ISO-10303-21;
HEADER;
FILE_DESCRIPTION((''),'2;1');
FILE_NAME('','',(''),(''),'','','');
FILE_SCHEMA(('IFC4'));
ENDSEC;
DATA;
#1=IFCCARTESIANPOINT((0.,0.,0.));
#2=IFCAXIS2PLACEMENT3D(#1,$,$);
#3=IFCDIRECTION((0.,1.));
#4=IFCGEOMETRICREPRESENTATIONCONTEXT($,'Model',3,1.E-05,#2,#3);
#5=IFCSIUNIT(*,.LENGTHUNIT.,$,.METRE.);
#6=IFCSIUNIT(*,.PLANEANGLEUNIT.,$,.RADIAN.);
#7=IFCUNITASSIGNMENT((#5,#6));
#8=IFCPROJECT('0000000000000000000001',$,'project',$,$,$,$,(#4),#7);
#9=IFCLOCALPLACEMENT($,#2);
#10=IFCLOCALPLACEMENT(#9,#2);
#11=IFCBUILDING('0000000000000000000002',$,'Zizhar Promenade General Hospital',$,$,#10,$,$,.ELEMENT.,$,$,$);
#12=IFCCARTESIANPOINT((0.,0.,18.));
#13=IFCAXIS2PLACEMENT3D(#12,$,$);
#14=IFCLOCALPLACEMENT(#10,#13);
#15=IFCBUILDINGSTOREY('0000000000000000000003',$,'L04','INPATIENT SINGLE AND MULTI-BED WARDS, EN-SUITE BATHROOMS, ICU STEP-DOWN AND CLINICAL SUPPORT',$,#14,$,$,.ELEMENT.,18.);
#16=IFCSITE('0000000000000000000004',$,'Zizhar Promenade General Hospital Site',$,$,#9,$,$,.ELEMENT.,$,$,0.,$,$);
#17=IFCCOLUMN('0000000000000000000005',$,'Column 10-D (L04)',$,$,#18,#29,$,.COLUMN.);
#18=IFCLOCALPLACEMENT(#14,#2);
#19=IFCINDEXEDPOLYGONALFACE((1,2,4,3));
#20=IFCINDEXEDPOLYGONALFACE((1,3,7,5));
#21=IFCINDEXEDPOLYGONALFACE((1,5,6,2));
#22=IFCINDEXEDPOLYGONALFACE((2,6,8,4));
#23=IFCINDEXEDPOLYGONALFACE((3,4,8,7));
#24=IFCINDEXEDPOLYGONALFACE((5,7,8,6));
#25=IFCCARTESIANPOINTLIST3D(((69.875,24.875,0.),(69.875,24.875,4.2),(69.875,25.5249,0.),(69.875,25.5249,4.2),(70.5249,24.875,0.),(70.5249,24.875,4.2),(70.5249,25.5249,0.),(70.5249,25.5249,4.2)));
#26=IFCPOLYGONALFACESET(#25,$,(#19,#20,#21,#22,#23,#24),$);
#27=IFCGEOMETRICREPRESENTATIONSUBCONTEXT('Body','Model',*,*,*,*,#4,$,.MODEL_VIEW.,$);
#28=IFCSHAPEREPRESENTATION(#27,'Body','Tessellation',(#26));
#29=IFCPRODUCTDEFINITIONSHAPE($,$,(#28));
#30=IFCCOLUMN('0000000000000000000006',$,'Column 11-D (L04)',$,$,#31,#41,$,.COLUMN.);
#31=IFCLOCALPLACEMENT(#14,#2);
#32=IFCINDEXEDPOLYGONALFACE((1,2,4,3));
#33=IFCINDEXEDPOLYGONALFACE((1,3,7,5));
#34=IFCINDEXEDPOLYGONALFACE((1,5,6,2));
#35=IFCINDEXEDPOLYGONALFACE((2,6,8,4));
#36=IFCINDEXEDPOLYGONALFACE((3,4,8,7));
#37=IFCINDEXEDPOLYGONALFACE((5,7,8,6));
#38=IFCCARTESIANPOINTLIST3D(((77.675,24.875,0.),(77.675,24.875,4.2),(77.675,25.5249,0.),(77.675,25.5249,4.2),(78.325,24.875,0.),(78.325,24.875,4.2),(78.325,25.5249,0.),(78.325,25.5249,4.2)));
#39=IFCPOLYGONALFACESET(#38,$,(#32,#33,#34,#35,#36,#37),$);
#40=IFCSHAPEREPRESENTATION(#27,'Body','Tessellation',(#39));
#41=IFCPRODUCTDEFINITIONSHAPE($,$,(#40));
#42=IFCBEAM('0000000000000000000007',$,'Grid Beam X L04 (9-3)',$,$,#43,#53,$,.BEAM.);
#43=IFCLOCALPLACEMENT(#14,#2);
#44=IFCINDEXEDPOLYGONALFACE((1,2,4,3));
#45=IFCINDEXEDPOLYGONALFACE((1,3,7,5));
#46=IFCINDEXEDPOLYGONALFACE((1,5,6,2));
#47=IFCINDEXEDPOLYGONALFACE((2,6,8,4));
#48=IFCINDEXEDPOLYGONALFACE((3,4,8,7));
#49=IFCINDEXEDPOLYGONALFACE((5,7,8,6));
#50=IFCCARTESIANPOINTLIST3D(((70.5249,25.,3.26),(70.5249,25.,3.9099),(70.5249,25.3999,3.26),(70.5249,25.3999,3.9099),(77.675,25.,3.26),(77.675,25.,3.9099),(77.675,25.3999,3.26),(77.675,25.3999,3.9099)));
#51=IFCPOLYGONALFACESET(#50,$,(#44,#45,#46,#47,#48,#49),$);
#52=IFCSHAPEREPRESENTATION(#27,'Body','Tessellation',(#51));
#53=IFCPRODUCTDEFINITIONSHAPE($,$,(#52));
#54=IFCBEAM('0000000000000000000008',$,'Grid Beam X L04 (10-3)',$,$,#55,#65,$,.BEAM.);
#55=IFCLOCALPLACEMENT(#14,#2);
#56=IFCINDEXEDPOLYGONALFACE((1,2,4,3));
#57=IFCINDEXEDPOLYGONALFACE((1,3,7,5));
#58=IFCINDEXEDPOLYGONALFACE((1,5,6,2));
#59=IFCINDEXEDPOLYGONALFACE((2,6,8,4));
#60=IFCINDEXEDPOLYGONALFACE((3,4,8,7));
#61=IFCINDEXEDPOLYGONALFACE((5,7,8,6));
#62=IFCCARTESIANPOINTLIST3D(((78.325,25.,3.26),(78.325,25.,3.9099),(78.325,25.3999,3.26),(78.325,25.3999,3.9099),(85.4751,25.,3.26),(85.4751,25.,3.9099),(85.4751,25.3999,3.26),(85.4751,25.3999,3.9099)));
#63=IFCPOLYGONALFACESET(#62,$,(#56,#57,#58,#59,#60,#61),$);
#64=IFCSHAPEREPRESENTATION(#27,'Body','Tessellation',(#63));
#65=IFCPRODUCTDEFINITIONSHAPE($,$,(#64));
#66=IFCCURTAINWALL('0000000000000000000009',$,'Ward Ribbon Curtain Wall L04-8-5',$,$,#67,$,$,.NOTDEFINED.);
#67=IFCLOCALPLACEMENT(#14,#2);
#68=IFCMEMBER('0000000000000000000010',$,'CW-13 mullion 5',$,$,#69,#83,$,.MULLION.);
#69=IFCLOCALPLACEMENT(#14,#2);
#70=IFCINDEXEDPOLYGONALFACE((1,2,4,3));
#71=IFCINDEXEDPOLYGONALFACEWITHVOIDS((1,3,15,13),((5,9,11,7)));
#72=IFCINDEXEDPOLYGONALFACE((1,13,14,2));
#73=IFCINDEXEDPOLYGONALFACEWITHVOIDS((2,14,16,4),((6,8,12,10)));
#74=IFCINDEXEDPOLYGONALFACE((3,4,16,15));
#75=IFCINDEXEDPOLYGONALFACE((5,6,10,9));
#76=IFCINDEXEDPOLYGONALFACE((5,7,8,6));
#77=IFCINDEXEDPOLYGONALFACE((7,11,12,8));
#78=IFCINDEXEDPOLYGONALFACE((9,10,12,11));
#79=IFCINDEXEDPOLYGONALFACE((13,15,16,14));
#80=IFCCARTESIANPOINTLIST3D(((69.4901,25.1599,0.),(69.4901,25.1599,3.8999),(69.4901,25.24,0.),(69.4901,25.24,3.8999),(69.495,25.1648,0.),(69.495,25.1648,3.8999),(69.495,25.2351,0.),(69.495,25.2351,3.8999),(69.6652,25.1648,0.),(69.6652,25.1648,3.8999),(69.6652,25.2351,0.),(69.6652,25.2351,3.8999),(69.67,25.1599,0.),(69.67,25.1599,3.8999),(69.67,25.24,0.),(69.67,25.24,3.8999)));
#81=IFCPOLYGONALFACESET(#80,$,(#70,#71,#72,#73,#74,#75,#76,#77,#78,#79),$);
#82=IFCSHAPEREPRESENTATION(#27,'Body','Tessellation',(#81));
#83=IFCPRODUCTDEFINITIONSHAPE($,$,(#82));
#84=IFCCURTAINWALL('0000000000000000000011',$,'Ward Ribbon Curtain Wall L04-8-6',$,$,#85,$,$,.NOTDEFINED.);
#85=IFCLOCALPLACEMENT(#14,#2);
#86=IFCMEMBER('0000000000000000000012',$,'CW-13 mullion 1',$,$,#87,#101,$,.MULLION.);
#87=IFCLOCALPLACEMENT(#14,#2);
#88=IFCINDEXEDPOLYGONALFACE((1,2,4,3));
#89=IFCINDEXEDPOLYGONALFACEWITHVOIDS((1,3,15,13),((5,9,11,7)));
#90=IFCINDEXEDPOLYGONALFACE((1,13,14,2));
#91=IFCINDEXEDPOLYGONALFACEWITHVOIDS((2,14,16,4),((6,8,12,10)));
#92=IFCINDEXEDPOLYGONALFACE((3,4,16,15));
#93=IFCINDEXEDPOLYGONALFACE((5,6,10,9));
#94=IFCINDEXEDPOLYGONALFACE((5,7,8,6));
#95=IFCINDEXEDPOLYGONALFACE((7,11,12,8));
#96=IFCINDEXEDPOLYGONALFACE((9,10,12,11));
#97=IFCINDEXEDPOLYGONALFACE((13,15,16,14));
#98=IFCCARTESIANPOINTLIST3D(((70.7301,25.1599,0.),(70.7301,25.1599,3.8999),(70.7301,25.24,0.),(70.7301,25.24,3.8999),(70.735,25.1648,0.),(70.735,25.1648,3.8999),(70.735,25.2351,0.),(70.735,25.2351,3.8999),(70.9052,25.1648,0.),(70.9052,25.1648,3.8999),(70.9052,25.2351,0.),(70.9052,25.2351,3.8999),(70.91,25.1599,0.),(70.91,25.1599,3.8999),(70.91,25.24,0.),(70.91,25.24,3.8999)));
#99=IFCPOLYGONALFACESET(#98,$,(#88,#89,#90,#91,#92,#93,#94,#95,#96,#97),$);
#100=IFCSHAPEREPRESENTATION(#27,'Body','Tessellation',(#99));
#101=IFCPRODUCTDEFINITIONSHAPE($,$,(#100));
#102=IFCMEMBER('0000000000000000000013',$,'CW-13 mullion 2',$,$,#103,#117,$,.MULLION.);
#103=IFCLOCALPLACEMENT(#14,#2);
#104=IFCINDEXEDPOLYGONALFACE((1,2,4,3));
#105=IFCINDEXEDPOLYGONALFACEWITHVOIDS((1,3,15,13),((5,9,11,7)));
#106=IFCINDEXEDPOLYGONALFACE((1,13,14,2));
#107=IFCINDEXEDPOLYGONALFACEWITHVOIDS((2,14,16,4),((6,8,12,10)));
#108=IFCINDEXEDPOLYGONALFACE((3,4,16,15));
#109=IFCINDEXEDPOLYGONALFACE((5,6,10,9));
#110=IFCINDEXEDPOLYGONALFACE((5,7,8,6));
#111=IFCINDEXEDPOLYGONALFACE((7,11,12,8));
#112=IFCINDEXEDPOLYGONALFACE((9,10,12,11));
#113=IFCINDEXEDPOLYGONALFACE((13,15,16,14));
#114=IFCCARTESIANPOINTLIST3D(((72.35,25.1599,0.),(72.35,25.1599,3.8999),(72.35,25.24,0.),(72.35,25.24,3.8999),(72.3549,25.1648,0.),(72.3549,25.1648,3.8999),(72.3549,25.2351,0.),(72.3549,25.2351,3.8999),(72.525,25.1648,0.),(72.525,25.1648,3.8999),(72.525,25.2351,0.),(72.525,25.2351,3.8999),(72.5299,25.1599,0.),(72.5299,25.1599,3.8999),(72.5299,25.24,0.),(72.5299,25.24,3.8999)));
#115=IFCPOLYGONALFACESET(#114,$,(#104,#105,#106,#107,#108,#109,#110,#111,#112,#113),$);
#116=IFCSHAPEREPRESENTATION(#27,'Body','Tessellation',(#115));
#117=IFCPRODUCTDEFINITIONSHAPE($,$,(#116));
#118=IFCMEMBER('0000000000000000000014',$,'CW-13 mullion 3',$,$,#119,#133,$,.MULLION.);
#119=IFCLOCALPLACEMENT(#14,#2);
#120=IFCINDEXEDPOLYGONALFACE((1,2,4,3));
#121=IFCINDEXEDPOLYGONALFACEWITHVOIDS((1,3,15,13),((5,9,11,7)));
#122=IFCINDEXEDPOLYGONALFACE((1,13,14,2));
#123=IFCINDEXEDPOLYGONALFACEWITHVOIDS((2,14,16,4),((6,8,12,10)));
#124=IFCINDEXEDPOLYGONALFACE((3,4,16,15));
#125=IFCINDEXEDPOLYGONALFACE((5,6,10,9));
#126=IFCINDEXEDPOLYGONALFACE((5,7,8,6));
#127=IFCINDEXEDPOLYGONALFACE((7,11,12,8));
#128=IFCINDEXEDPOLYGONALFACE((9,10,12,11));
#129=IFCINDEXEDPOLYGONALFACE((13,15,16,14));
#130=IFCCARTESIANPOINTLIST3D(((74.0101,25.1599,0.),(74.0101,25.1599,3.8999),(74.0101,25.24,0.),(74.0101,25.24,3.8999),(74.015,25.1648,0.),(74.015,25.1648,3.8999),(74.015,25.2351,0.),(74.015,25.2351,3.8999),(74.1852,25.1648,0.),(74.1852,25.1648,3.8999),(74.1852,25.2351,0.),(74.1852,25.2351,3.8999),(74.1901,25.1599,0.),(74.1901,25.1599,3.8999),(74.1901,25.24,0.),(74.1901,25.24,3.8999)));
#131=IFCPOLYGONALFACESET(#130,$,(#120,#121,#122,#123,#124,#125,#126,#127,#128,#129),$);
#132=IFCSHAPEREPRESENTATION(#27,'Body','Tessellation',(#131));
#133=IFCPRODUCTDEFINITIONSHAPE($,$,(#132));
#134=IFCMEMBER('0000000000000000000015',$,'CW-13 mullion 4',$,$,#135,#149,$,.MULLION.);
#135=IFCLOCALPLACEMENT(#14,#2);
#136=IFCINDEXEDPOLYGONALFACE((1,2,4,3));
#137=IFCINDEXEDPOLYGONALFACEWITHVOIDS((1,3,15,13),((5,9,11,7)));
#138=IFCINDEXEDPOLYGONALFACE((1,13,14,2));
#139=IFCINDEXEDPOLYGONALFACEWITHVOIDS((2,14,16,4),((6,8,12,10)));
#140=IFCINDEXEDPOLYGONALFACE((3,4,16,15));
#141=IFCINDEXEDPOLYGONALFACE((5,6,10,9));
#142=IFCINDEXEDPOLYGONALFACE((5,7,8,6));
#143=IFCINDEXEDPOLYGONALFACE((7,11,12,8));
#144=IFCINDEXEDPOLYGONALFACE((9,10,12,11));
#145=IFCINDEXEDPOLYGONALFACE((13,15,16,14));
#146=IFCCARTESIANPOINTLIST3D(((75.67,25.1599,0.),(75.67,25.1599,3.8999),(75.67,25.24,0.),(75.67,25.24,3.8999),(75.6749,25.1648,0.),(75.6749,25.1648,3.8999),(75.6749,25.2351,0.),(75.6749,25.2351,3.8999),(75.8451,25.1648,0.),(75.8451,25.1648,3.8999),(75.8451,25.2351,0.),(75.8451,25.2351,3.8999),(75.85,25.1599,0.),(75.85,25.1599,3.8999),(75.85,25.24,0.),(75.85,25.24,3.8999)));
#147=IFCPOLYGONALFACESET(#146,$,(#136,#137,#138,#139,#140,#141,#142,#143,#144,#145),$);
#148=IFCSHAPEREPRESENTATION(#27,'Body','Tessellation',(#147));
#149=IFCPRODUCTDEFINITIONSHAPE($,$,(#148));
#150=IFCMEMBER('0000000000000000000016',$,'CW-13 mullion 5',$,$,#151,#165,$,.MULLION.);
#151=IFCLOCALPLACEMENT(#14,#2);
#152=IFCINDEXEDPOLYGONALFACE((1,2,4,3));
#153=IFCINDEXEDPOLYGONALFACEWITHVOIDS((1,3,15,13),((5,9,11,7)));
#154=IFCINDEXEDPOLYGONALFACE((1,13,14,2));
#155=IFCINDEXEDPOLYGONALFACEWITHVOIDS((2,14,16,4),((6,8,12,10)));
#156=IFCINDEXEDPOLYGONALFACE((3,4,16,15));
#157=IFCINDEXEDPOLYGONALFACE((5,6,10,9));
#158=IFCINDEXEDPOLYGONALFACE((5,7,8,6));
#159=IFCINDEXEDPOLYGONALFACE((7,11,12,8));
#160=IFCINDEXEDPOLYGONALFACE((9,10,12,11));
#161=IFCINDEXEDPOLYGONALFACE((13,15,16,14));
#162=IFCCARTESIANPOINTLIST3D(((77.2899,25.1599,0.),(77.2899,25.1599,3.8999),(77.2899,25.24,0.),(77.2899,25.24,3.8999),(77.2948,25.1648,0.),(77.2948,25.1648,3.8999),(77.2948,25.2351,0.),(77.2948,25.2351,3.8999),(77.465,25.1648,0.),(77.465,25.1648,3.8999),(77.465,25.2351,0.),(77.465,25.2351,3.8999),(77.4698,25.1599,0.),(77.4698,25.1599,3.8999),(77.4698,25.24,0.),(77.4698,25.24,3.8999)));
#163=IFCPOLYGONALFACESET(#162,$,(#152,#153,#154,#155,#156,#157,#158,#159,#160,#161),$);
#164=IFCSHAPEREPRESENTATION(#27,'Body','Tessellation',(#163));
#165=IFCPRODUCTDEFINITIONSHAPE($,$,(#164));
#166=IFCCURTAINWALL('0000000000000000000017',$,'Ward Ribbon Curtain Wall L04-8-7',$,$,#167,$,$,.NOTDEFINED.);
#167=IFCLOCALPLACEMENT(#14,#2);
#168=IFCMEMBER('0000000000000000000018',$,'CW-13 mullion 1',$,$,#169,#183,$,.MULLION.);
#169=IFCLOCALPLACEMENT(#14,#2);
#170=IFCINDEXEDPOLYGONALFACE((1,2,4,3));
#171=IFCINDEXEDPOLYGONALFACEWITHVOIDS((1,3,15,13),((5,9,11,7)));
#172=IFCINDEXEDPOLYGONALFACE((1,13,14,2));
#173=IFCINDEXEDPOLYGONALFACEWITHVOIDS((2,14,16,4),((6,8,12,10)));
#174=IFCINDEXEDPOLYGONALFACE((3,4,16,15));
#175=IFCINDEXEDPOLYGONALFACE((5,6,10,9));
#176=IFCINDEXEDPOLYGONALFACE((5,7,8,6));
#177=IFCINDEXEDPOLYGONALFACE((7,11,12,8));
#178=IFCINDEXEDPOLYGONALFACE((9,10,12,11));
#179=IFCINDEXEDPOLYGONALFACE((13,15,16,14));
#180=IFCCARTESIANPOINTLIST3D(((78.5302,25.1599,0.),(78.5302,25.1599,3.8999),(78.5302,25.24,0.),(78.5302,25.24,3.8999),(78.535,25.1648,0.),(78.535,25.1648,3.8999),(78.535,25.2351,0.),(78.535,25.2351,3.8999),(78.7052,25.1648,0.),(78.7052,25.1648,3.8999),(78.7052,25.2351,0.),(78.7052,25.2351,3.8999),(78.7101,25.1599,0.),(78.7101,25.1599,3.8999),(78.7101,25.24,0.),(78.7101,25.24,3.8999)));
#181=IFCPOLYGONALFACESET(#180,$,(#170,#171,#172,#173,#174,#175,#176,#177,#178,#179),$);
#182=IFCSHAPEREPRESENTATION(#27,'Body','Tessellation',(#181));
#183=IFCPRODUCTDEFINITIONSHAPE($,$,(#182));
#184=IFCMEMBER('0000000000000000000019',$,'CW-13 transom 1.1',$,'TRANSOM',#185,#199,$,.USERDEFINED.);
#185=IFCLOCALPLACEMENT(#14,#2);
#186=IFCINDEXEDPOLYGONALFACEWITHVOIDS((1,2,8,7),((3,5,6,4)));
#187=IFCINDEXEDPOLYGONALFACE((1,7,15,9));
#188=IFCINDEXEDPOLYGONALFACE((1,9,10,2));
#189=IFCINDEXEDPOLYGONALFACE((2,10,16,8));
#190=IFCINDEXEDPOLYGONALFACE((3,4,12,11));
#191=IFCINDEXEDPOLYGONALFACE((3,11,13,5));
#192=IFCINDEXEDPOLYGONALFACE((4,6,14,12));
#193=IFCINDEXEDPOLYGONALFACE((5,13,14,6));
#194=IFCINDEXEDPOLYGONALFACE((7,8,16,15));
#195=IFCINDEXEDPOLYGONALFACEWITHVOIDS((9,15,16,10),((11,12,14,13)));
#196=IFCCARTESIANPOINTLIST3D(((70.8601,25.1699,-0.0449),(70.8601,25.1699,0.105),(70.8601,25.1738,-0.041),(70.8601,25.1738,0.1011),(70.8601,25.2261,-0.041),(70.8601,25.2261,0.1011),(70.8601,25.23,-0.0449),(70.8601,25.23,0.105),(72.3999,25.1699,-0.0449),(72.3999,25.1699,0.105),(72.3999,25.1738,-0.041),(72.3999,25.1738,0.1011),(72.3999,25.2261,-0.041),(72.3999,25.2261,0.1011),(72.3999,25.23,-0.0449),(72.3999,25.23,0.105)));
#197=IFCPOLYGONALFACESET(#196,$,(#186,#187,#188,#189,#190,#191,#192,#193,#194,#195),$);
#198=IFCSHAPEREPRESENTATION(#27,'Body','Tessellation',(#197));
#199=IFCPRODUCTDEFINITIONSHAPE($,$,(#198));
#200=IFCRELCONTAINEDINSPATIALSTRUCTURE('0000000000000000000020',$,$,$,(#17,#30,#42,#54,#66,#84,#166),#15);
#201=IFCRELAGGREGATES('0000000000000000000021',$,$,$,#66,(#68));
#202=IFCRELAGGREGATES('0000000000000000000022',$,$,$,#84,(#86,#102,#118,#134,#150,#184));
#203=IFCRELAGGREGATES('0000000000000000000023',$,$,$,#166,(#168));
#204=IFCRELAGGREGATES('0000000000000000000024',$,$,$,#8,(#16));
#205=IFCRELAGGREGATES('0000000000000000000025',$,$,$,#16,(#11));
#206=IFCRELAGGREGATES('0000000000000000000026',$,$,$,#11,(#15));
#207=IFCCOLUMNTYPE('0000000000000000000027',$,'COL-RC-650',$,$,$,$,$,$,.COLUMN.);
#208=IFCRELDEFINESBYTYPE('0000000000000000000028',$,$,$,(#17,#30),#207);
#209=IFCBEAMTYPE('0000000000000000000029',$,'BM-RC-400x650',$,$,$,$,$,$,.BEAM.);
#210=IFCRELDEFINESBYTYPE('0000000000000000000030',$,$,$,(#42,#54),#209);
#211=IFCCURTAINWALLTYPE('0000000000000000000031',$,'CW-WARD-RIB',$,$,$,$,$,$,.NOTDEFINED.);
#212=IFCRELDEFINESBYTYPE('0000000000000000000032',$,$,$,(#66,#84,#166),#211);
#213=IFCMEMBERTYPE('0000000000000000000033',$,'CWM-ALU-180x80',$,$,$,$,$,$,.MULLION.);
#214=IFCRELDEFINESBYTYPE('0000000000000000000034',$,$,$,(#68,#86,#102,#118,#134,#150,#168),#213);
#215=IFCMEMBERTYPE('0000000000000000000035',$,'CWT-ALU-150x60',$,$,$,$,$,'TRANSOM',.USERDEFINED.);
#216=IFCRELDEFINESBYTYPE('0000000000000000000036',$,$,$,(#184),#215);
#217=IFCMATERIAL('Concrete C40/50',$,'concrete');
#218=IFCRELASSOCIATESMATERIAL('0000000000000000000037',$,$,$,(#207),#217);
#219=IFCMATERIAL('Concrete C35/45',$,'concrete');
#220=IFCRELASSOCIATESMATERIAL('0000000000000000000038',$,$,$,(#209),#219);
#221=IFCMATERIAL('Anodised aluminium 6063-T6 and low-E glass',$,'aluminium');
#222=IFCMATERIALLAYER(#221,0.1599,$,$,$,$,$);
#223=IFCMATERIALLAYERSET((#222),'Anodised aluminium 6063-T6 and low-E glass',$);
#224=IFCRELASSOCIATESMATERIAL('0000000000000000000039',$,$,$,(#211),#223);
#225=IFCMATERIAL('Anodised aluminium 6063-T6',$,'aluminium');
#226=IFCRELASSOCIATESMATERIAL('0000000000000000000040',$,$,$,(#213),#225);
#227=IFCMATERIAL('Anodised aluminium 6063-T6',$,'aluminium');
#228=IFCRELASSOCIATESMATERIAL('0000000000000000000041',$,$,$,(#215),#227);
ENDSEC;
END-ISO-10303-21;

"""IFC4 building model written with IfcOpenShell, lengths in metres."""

from ifc_helpers import new_model, si_unit, direction, frame, origin, origin_2d, place, context, subcontext, project, spatial, rectangle, hollow_rectangle, extrude, material, layer, layer_set, material_profile, profile_set, type_object, element, aggregate, save


model = new_model("IFC4")

# Units and contexts
model_context = context("Model", 3, precision=1e-05, world=origin(), true_north=direction((0.0, 1.0)))
body_context = subcontext(model_context, "Body", "Model", "MODEL_VIEW")
ifc_project = project(units=[si_unit("LENGTHUNIT", "METRE"), si_unit("PLANEANGLEUNIT", "RADIAN")], contexts=[model_context])

# Site, building, storey
site_placement = place(None, origin())
site = spatial("IfcSite", under=ifc_project, at=site_placement, Name="Zizhar Promenade General Hospital Site", CompositionType="ELEMENT", RefElevation=0.0)
building_placement = place(site_placement, origin())
building = spatial("IfcBuilding", under=site, at=building_placement, Name="Zizhar Promenade General Hospital", CompositionType="ELEMENT")
storey_placement = place(building_placement, frame((0.0, 0.0, 18.0)))
storey = spatial("IfcBuildingStorey", under=building, at=storey_placement, Name="L04", Description="INPATIENT SINGLE AND MULTI-BED WARDS, EN-SUITE BATHROOMS, ICU STEP-DOWN AND CLINICAL SUPPORT", CompositionType="ELEMENT", Elevation=18.0)

# Columns
ifc_material_1 = material(Name="Concrete C40/50", Category="concrete")
ifc_material_profile_1 = material_profile(ifc_material_1, rectangle(XDim=0.6499, YDim=0.6499, at=origin_2d()))
ifc_profile_set_1 = profile_set([ifc_material_profile_1], Name="Concrete C40/50")
column_type = type_object("IfcColumnType", Name="COL-RC-650", PredefinedType="COLUMN", material=ifc_profile_set_1)
for number, where, z_axis, x_axis, name in (
    (1, (70.2, 25.2, 0.0), (0.0, 0.0, 1.0), (1.0, 0.0, 0.0), "Column 10-D (L04)"),
    (2, (78.0, 25.2, 0.0), (0.0, 0.0, 1.0), (1.0, 0.0, 0.0), "Column 11-D (L04)"),
):
    element("IfcColumn", number, at=place(storey_placement, frame(where, z_axis=z_axis, x_axis=x_axis)), inside=storey, type_object=column_type, Name=name, PredefinedType="COLUMN", context=body_context, shape_type="SweptSolid", body=[
        extrude(rectangle(XDim=0.6499, YDim=0.6499, at=origin_2d()), origin(), (0.0, 0.0, 1.0), 4.2),
    ])

# Beams
ifc_material_2 = material(Name="Concrete C35/45", Category="concrete")
ifc_material_profile_2 = material_profile(ifc_material_2, rectangle(XDim=0.3999, YDim=0.6499, at=origin_2d()))
ifc_profile_set_2 = profile_set([ifc_material_profile_2], Name="Concrete C35/45")
beam_type = type_object("IfcBeamType", Name="BM-RC-400x650", PredefinedType="BEAM", material=ifc_profile_set_2)
for number, where, z_axis, x_axis, name in (
    (3, (70.5249, 25.2, 3.585), (1.0, 0.0, 0.0), (0.0, 1.0, 0.0), "Grid Beam X L04 (9-3)"),
    (4, (78.325, 25.2, 3.585), (1.0, 0.0, 0.0), (0.0, 1.0, 0.0), "Grid Beam X L04 (10-3)"),
):
    element("IfcBeam", number, at=place(storey_placement, frame(where, z_axis=z_axis, x_axis=x_axis)), inside=storey, type_object=beam_type, Name=name, PredefinedType="BEAM", context=body_context, shape_type="SweptSolid", body=[
        extrude(rectangle(XDim=0.3999, YDim=0.6499, at=origin_2d()), origin(), (0.0, 0.0, 1.0), 7.1501),
    ])

# Curtain wall, member
ifc_material_3 = material(Name="Anodised aluminium 6063-T6 and low-E glass", Category="aluminium")
ifc_layer_1 = layer(ifc_material_3, 0.1599)
ifc_layer_set_1 = layer_set([ifc_layer_1], Name="Anodised aluminium 6063-T6 and low-E glass")
curtain_wall_type = type_object("IfcCurtainWallType", Name="CW-WARD-RIB", PredefinedType="NOTDEFINED", material=ifc_layer_set_1)
curtain_wall_1_placement = place(storey_placement, origin())
curtain_wall_1 = element("IfcCurtainWall", 5, at=curtain_wall_1_placement, inside=storey, type_object=curtain_wall_type, Name="Ward Ribbon Curtain Wall L04-8-5", PredefinedType="NOTDEFINED")
ifc_material_4 = material(Name="Anodised aluminium 6063-T6", Category="aluminium")
ifc_material_profile_3 = material_profile(ifc_material_4, hollow_rectangle(XDim=0.0801, YDim=0.1799, WallThickness=0.0049, at=origin_2d()))
ifc_profile_set_3 = profile_set([ifc_material_profile_3], Name="Anodised aluminium 6063-T6")
member_type_1 = type_object("IfcMemberType", Name="CWM-ALU-180x80", PredefinedType="MULLION", material=ifc_profile_set_3)
member_1_placement = place(storey_placement, frame((69.5801, 25.2, 0.0), z_axis=(0.0, 0.0, 1.0), x_axis=(0.0, 1.0, 0.0)))
member_1 = element("IfcMember", 6, at=member_1_placement, type_object=member_type_1, Name="CW-13 mullion 5", PredefinedType="MULLION", context=body_context, shape_type="SweptSolid", body=[
    extrude(hollow_rectangle(XDim=0.0801, YDim=0.1799, WallThickness=0.0049, at=origin_2d()), origin(), (0.0, 0.0, 1.0), 3.8999),
])

# Curtain wall, members
curtain_wall_2_placement = place(storey_placement, origin())
curtain_wall_2 = element("IfcCurtainWall", 7, at=curtain_wall_2_placement, inside=storey, type_object=curtain_wall_type, Name="Ward Ribbon Curtain Wall L04-8-6", PredefinedType="NOTDEFINED")
member_2_placement = place(storey_placement, frame((70.8201, 25.2, 0.0), z_axis=(0.0, 0.0, 1.0), x_axis=(0.0, 1.0, 0.0)))
member_2 = element("IfcMember", 8, at=member_2_placement, type_object=member_type_1, Name="CW-13 mullion 1", PredefinedType="MULLION", context=body_context, shape_type="SweptSolid", body=[
    extrude(hollow_rectangle(XDim=0.0801, YDim=0.1799, WallThickness=0.0049, at=origin_2d()), origin(), (0.0, 0.0, 1.0), 3.8999),
])
member_3_placement = place(storey_placement, frame((72.4399, 25.2, 0.0), z_axis=(0.0, 0.0, 1.0), x_axis=(0.0, 1.0, 0.0)))
member_3 = element("IfcMember", 9, at=member_3_placement, type_object=member_type_1, Name="CW-13 mullion 2", PredefinedType="MULLION", context=body_context, shape_type="SweptSolid", body=[
    extrude(hollow_rectangle(XDim=0.0801, YDim=0.1799, WallThickness=0.0049, at=origin_2d()), origin(), (0.0, 0.0, 1.0), 3.8999),
])
member_4_placement = place(storey_placement, frame((74.1001, 25.2, 0.0), z_axis=(0.0, 0.0, 1.0), x_axis=(0.0, 1.0, 0.0)))
member_4 = element("IfcMember", 10, at=member_4_placement, type_object=member_type_1, Name="CW-13 mullion 3", PredefinedType="MULLION", context=body_context, shape_type="SweptSolid", body=[
    extrude(hollow_rectangle(XDim=0.0801, YDim=0.1799, WallThickness=0.0049, at=origin_2d()), origin(), (0.0, 0.0, 1.0), 3.8999),
])
member_5_placement = place(storey_placement, frame((75.76, 25.2, 0.0), z_axis=(0.0, 0.0, 1.0), x_axis=(0.0, 1.0, 0.0)))
member_5 = element("IfcMember", 11, at=member_5_placement, type_object=member_type_1, Name="CW-13 mullion 4", PredefinedType="MULLION", context=body_context, shape_type="SweptSolid", body=[
    extrude(hollow_rectangle(XDim=0.0801, YDim=0.1799, WallThickness=0.0049, at=origin_2d()), origin(), (0.0, 0.0, 1.0), 3.8999),
])
member_6_placement = place(storey_placement, frame((77.3799, 25.2, 0.0), z_axis=(0.0, 0.0, 1.0), x_axis=(0.0, 1.0, 0.0)))
member_6 = element("IfcMember", 12, at=member_6_placement, type_object=member_type_1, Name="CW-13 mullion 5", PredefinedType="MULLION", context=body_context, shape_type="SweptSolid", body=[
    extrude(hollow_rectangle(XDim=0.0801, YDim=0.1799, WallThickness=0.0049, at=origin_2d()), origin(), (0.0, 0.0, 1.0), 3.8999),
])

# Curtain wall, member
curtain_wall_3_placement = place(storey_placement, origin())
curtain_wall_3 = element("IfcCurtainWall", 13, at=curtain_wall_3_placement, inside=storey, type_object=curtain_wall_type, Name="Ward Ribbon Curtain Wall L04-8-7", PredefinedType="NOTDEFINED")
member_7_placement = place(storey_placement, frame((78.6201, 25.2, 0.0), z_axis=(0.0, 0.0, 1.0), x_axis=(0.0, 1.0, 0.0)))
member_7 = element("IfcMember", 14, at=member_7_placement, type_object=member_type_1, Name="CW-13 mullion 1", PredefinedType="MULLION", context=body_context, shape_type="SweptSolid", body=[
    extrude(hollow_rectangle(XDim=0.0801, YDim=0.1799, WallThickness=0.0049, at=origin_2d()), origin(), (0.0, 0.0, 1.0), 3.8999),
])

# Member
ifc_material_5 = material(Name="Anodised aluminium 6063-T6", Category="aluminium")
ifc_material_profile_4 = material_profile(ifc_material_5, hollow_rectangle(XDim=0.0601, YDim=0.1499, WallThickness=0.0039, at=origin_2d()))
ifc_profile_set_4 = profile_set([ifc_material_profile_4], Name="Anodised aluminium 6063-T6")
member_type_2 = type_object("IfcMemberType", Name="CWT-ALU-150x60", ElementType="TRANSOM", PredefinedType="USERDEFINED", material=ifc_profile_set_4)
member_8_placement = place(storey_placement, frame((70.8601, 25.2, 0.03), z_axis=(1.0, 0.0, 0.0), x_axis=(0.0, 1.0, 0.0)))
member_8 = element("IfcMember", 15, at=member_8_placement, type_object=member_type_2, Name="CW-13 transom 1.1", ObjectType="TRANSOM", PredefinedType="USERDEFINED", context=body_context, shape_type="SweptSolid", body=[
    extrude(hollow_rectangle(XDim=0.0601, YDim=0.1499, WallThickness=0.0039, at=origin_2d()), origin(), (0.0, 0.0, 1.0), 1.5398),
])

aggregate(curtain_wall_1, [member_1])
aggregate(curtain_wall_2, [member_2, member_3, member_4, member_5, member_6, member_8])
aggregate(curtain_wall_3, [member_7])

save(model, "model.ifc")
